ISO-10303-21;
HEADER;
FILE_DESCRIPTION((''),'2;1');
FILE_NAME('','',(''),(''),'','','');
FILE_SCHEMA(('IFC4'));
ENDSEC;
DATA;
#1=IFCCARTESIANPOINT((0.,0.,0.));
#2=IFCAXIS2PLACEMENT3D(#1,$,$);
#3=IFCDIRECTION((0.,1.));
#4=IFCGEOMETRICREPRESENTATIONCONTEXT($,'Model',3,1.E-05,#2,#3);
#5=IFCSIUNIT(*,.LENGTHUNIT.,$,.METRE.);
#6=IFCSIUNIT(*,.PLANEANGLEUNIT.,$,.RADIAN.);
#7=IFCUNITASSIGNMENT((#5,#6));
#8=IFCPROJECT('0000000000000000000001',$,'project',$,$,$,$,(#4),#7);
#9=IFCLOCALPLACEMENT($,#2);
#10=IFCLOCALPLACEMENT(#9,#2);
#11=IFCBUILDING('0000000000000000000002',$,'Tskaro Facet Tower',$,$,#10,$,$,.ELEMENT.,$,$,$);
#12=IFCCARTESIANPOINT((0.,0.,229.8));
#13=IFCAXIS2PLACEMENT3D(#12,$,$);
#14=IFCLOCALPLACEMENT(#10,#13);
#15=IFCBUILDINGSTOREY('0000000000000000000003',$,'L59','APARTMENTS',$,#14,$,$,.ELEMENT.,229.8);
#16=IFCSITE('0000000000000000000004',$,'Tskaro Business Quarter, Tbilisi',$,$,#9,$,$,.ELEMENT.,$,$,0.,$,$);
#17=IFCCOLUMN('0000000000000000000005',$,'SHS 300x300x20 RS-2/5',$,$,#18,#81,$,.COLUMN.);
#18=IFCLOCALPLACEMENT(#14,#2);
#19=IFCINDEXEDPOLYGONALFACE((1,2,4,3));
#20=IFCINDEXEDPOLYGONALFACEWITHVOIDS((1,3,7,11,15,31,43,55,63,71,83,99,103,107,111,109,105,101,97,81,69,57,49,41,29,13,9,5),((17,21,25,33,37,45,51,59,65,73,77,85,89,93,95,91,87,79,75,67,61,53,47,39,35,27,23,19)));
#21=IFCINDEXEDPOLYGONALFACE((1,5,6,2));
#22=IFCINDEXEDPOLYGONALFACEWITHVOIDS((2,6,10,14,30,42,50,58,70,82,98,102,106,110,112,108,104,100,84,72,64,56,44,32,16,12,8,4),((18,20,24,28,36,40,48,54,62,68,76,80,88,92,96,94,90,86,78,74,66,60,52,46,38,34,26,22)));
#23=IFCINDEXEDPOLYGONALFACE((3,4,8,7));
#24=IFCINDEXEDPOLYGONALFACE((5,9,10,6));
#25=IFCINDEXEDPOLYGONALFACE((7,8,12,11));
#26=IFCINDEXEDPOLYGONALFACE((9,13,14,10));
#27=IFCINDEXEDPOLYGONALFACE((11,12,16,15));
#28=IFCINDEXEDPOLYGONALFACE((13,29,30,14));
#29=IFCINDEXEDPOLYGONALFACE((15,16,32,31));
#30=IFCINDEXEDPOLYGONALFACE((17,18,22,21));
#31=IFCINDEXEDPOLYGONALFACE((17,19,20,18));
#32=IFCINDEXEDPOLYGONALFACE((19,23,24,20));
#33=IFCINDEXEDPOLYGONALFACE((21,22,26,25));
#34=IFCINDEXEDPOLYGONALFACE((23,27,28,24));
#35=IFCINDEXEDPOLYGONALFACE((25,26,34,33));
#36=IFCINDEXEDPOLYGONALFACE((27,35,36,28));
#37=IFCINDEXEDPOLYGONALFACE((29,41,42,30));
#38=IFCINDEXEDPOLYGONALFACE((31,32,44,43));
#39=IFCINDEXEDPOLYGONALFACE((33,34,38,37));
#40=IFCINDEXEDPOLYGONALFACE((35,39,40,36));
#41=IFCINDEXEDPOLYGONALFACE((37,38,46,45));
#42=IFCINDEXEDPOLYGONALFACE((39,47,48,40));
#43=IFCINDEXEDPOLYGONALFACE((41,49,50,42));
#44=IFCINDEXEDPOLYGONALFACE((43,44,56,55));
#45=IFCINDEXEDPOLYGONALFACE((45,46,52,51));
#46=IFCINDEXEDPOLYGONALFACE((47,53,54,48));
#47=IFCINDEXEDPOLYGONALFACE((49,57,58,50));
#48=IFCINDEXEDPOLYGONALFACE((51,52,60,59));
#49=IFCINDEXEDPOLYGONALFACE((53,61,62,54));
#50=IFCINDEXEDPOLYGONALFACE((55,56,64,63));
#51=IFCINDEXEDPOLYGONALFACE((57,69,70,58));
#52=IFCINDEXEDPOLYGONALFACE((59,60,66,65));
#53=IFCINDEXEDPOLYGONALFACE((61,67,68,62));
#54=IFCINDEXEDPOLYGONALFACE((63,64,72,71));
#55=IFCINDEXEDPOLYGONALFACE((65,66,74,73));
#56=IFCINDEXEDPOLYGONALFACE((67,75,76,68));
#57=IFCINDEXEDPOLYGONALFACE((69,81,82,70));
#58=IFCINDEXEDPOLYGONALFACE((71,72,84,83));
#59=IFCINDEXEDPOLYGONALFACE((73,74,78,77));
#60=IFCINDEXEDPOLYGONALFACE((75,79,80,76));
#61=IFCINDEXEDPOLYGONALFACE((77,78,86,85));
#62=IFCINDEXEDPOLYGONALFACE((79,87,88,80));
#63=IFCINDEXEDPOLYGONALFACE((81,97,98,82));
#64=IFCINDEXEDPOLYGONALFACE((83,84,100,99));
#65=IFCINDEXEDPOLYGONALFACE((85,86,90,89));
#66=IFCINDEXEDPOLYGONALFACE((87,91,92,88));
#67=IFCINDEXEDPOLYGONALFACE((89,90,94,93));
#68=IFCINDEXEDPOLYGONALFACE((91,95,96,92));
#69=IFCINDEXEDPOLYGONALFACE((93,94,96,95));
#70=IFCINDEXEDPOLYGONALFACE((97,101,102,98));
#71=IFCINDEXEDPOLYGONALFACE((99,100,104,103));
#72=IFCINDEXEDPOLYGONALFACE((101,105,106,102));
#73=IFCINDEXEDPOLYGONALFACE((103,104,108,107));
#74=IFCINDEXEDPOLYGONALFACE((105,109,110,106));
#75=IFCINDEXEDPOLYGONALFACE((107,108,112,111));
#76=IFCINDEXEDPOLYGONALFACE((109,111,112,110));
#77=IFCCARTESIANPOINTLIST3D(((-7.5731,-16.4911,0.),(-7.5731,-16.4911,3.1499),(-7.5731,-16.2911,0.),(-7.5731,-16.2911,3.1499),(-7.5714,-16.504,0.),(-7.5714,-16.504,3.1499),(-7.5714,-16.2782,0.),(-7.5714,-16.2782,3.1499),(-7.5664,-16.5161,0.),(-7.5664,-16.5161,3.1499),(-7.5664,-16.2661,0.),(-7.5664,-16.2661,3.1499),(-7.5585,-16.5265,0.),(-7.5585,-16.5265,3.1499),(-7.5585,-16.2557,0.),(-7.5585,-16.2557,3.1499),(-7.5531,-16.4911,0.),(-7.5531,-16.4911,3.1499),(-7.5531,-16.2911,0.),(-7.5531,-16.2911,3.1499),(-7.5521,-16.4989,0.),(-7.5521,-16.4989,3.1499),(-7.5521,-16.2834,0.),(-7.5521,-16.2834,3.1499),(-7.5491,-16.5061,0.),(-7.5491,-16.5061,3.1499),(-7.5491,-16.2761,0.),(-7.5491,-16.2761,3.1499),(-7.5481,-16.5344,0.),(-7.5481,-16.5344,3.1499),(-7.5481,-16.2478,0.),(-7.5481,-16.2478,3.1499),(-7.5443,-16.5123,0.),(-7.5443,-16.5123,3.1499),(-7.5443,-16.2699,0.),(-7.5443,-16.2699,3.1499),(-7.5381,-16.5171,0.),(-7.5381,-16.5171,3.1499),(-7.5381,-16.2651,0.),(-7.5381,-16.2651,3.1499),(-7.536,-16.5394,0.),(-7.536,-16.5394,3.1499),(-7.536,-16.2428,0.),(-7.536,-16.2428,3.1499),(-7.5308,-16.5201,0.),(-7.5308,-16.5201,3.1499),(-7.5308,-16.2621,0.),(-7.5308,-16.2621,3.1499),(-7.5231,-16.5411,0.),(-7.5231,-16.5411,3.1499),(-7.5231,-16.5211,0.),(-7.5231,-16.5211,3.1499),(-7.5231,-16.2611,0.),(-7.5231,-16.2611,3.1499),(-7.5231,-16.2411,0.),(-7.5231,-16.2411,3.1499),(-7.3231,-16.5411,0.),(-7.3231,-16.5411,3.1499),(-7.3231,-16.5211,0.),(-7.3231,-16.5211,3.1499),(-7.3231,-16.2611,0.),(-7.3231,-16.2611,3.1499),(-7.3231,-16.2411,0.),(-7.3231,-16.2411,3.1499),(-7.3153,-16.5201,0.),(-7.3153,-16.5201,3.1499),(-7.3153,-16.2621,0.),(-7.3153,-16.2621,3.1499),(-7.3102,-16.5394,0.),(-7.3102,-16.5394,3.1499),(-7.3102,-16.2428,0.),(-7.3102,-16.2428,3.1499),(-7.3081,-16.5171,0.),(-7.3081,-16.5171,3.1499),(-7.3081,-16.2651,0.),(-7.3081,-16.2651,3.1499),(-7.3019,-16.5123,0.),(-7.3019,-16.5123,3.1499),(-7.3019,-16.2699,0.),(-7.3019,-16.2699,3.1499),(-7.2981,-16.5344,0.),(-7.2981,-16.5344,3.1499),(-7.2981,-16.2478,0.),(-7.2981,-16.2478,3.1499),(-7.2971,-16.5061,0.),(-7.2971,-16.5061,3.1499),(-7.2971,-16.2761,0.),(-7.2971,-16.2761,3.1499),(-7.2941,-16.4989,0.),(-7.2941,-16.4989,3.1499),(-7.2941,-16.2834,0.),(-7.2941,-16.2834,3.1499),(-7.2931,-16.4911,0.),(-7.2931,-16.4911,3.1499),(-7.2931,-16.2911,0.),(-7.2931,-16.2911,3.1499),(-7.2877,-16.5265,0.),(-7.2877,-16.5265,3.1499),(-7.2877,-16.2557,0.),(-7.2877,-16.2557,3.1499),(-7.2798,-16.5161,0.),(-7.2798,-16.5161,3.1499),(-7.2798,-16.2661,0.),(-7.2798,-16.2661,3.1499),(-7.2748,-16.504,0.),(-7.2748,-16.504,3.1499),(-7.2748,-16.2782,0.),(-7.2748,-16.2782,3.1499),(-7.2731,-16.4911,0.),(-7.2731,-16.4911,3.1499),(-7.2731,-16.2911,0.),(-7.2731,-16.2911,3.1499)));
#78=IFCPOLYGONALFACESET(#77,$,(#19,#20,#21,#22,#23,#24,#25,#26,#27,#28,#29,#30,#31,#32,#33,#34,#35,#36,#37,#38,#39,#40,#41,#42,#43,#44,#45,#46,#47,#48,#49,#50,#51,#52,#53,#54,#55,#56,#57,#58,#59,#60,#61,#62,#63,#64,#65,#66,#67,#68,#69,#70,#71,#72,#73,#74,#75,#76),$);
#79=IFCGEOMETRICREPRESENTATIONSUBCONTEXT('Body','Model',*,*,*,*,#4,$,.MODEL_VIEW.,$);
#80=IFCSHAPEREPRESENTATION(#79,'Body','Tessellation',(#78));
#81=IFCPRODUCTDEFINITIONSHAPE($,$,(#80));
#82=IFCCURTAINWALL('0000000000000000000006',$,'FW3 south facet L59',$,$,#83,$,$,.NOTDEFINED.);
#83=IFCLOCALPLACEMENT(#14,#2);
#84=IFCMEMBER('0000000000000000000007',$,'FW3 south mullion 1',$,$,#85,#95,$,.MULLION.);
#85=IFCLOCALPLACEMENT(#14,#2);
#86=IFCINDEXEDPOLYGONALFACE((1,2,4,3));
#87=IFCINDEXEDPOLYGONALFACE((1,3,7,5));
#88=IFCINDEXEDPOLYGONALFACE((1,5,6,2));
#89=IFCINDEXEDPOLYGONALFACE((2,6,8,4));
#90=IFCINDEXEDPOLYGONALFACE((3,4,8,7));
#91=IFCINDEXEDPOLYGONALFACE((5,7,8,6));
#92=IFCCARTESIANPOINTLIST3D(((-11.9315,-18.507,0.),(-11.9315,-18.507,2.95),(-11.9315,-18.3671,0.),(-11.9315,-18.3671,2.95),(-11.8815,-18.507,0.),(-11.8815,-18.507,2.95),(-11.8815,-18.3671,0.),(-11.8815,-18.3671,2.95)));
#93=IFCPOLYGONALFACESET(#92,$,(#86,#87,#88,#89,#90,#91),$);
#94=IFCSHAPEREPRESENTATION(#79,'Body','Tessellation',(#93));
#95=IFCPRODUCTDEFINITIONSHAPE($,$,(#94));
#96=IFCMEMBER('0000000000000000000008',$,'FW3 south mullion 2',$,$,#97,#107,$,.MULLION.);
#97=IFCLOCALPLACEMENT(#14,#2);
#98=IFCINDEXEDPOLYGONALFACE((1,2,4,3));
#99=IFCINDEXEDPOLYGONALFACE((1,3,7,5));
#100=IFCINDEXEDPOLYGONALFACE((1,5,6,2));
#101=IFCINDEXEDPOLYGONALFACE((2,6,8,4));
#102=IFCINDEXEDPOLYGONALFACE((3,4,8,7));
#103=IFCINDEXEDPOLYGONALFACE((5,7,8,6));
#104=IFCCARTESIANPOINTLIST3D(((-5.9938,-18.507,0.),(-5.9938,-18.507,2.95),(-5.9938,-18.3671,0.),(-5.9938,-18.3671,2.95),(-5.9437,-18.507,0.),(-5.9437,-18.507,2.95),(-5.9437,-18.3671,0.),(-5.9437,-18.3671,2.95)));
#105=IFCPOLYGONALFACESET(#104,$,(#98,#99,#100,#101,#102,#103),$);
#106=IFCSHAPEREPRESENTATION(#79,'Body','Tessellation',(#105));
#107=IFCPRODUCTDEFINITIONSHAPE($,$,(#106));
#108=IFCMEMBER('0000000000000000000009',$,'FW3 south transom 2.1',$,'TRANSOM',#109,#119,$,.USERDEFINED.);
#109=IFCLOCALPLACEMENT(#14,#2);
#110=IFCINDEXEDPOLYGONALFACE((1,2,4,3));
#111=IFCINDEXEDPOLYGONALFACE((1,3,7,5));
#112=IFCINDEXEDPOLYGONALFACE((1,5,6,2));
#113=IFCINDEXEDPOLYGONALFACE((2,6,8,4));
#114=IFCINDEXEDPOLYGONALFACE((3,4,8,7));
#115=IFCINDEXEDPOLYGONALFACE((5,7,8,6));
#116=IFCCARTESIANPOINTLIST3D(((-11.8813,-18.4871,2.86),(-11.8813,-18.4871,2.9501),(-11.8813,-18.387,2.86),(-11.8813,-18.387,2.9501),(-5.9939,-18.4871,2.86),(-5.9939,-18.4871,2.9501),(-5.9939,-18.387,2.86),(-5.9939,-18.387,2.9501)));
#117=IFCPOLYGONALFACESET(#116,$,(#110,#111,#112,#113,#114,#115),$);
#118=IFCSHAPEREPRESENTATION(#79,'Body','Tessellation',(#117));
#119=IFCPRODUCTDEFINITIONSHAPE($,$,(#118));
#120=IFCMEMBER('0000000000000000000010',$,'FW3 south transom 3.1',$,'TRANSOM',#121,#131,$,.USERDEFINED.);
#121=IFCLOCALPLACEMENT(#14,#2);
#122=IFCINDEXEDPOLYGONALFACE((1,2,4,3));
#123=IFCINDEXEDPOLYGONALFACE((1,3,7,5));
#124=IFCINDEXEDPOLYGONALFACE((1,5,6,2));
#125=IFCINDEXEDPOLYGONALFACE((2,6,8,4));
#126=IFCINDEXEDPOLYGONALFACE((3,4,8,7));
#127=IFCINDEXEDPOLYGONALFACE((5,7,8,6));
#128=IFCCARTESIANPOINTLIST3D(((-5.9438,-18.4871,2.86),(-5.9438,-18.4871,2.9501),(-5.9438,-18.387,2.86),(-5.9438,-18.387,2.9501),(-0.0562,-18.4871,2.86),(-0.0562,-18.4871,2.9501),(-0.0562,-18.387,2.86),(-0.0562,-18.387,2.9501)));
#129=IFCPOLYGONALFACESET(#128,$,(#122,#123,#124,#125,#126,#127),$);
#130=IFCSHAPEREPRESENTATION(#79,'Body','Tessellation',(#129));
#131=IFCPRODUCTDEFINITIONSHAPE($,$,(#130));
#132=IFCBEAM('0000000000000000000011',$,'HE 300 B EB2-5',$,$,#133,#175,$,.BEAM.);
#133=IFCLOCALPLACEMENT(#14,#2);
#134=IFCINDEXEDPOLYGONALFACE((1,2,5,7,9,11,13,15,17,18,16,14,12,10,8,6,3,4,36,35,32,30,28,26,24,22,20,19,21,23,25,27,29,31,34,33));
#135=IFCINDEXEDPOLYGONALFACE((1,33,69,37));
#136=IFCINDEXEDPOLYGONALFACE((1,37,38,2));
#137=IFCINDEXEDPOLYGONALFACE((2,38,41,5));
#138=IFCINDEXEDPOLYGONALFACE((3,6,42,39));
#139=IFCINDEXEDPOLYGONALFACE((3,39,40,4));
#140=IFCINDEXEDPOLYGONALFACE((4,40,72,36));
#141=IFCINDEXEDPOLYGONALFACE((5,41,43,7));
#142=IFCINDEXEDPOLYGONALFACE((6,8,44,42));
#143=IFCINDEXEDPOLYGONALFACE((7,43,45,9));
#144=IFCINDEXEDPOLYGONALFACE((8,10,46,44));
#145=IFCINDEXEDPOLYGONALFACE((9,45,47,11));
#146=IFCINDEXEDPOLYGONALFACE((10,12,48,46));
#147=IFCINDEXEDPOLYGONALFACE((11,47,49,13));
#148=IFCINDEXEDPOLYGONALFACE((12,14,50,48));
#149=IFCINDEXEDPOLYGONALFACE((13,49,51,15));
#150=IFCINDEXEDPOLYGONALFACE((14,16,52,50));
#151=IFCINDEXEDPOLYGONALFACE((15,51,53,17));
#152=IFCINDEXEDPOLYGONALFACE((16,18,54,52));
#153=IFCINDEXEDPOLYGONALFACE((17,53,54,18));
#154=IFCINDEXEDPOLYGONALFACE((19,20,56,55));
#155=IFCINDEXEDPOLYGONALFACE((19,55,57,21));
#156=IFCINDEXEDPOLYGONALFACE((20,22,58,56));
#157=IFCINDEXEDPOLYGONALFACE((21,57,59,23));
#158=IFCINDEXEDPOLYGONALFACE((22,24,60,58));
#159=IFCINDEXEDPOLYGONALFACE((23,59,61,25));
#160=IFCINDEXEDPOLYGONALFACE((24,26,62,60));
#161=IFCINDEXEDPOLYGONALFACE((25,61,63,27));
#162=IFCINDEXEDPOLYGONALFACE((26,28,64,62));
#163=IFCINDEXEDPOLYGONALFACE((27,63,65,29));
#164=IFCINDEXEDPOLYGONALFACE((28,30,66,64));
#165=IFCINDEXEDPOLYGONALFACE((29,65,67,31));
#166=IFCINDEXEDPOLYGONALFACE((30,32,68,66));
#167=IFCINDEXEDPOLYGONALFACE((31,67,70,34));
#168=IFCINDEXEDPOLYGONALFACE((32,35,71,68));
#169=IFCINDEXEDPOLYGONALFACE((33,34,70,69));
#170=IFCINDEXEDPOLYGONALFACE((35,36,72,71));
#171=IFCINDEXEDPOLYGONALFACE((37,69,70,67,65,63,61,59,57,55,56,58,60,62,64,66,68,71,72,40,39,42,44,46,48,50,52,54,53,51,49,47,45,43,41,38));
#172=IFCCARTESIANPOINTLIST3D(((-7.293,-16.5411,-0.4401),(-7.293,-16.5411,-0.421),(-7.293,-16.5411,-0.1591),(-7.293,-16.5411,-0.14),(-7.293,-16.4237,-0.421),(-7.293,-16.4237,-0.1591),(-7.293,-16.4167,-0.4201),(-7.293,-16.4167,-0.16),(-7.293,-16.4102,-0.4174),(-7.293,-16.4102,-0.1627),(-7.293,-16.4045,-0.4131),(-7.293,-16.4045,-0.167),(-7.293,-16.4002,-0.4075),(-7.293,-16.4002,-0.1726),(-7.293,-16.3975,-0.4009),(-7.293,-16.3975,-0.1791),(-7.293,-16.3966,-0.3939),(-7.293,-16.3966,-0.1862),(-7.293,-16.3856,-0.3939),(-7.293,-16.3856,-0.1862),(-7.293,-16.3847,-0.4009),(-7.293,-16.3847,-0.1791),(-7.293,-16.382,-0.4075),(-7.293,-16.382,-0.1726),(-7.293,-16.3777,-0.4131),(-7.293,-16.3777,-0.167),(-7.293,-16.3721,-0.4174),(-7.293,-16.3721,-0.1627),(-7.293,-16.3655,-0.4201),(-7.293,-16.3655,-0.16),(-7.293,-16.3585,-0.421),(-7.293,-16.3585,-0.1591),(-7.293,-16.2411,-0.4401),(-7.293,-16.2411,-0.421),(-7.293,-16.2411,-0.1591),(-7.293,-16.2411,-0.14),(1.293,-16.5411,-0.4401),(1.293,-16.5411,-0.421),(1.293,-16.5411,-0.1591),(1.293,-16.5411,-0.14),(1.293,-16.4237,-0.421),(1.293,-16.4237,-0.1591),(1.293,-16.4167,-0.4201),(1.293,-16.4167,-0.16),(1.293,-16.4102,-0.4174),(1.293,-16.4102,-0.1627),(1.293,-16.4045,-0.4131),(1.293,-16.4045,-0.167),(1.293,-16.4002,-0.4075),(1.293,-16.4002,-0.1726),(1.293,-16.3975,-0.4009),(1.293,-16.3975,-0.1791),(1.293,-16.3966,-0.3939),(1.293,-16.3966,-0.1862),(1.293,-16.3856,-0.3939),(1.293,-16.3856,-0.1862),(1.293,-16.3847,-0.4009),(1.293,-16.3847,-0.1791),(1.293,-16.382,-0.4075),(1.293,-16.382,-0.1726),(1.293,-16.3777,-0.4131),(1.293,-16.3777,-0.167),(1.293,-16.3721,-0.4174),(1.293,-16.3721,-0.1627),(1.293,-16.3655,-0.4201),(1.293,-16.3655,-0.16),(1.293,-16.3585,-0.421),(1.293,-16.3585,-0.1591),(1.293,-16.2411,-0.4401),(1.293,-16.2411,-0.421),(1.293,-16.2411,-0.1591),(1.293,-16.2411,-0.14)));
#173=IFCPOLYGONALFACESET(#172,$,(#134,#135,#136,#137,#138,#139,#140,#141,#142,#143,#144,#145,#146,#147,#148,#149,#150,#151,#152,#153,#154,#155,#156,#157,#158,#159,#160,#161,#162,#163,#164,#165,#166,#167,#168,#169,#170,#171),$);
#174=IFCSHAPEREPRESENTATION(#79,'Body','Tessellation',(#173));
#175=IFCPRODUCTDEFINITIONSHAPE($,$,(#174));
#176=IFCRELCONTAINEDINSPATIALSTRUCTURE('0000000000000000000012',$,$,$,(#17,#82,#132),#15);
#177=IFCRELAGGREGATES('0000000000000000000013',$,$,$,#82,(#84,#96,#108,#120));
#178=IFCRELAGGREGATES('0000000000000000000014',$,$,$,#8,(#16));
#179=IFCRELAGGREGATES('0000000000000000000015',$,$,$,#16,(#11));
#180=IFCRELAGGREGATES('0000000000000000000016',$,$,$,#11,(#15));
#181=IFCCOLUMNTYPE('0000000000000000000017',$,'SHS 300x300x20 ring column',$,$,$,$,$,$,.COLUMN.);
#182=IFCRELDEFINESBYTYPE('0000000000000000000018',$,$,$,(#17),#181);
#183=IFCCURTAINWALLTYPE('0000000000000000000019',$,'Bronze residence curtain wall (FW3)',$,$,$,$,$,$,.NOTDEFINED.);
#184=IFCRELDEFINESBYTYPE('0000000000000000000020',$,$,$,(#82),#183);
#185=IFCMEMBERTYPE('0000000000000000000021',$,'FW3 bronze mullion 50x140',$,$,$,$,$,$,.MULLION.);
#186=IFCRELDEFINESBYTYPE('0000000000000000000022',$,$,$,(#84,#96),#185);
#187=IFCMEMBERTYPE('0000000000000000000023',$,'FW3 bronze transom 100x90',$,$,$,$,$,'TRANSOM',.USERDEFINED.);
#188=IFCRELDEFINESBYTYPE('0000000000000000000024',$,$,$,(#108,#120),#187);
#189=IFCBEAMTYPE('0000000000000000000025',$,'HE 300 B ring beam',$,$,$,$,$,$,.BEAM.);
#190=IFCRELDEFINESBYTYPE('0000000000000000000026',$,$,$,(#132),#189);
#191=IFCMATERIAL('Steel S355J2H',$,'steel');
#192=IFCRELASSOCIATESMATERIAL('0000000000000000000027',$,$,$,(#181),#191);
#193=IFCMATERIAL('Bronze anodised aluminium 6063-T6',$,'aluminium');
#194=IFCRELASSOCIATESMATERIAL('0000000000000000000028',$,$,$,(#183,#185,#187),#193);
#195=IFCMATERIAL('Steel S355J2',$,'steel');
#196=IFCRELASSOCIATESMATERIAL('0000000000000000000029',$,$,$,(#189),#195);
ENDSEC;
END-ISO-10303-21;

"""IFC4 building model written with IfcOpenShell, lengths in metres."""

from ifc_helpers import new_model, si_unit, direction, frame, origin, origin_2d, place, context, subcontext, project, spatial, rectangle, hollow_rectangle, i_section, extrude, material, material_profile, profile_set, type_object, element, aggregate, save


model = new_model("IFC4")

# Units and contexts
model_context = context("Model", 3, precision=1e-05, world=origin(), true_north=direction((0.0, 1.0)))
body_context = subcontext(model_context, "Body", "Model", "MODEL_VIEW")
ifc_project = project(units=[si_unit("LENGTHUNIT", "METRE"), si_unit("PLANEANGLEUNIT", "RADIAN")], contexts=[model_context])

# Site, building, storey
site_placement = place(None, origin())
site = spatial("IfcSite", under=ifc_project, at=site_placement, Name="Tskaro Business Quarter, Tbilisi", CompositionType="ELEMENT", RefElevation=0.0)
building_placement = place(site_placement, origin())
building = spatial("IfcBuilding", under=site, at=building_placement, Name="Tskaro Facet Tower", CompositionType="ELEMENT")
storey_placement = place(building_placement, frame((0.0, 0.0, 229.8)))
storey = spatial("IfcBuildingStorey", under=building, at=storey_placement, Name="L59", Description="APARTMENTS", CompositionType="ELEMENT", Elevation=229.8)

# Column
ifc_material_1 = material(Name="Steel S355J2H", Category="steel")
ifc_material_profile_1 = material_profile(ifc_material_1, hollow_rectangle(XDim=0.3, YDim=0.3, WallThickness=0.02, InnerFilletRadius=0.03, OuterFilletRadius=0.05, at=origin_2d()), Name="SHS 300x300x20")
ifc_profile_set_1 = profile_set([ifc_material_profile_1], Name="Steel S355J2H")
column_type = type_object("IfcColumnType", Name="SHS 300x300x20 ring column", PredefinedType="COLUMN", material=ifc_profile_set_1)
column_placement = place(storey_placement, frame((-7.4231, -16.3911, 0.0), z_axis=(0.0, 0.0, 1.0), x_axis=(1.0, 0.0, 0.0)))
element("IfcColumn", 1, at=column_placement, inside=storey, type_object=column_type, Name="SHS 300x300x20 RS-2/5", PredefinedType="COLUMN", context=body_context, shape_type="SweptSolid", body=[
    extrude(hollow_rectangle(XDim=0.3, YDim=0.3, WallThickness=0.02, InnerFilletRadius=0.03, OuterFilletRadius=0.05, at=origin_2d()), origin(), (0.0, 0.0, 1.0), 3.1499),
])

# Curtain wall, members
ifc_material_2 = material(Name="Bronze anodised aluminium 6063-T6", Category="aluminium")
curtain_wall_type = type_object("IfcCurtainWallType", Name="Bronze residence curtain wall (FW3)", PredefinedType="NOTDEFINED", material=ifc_material_2)
curtain_wall_placement = place(storey_placement, origin())
curtain_wall = element("IfcCurtainWall", 2, at=curtain_wall_placement, inside=storey, type_object=curtain_wall_type, Name="FW3 south facet L59", PredefinedType="NOTDEFINED")
ifc_material_profile_2 = material_profile(ifc_material_2, rectangle(XDim=0.05, YDim=0.1399, at=origin_2d()), Name="Mullion 50x140")
ifc_profile_set_2 = profile_set([ifc_material_profile_2], Name="Bronze anodised aluminium 6063-T6")
member_type_1 = type_object("IfcMemberType", Name="FW3 bronze mullion 50x140", PredefinedType="MULLION", material=ifc_profile_set_2)
member_1_placement = place(storey_placement, frame((-11.9065, -18.437, 0.0), z_axis=(0.0, 0.0, 1.0), x_axis=(1.0, 0.0, 0.0)))
member_1 = element("IfcMember", 3, at=member_1_placement, type_object=member_type_1, Name="FW3 south mullion 1", PredefinedType="MULLION", context=body_context, shape_type="SweptSolid", body=[
    extrude(rectangle(XDim=0.05, YDim=0.1399, at=origin_2d()), origin(), (0.0, 0.0, 1.0), 2.95),
])
member_2_placement = place(storey_placement, frame((-5.9688, -18.437, 0.0), z_axis=(0.0, 0.0, 1.0), x_axis=(1.0, 0.0, 0.0)))
member_2 = element("IfcMember", 4, at=member_2_placement, type_object=member_type_1, Name="FW3 south mullion 2", PredefinedType="MULLION", context=body_context, shape_type="SweptSolid", body=[
    extrude(rectangle(XDim=0.05, YDim=0.1399, at=origin_2d()), origin(), (0.0, 0.0, 1.0), 2.95),
])
ifc_material_profile_3 = material_profile(ifc_material_2, rectangle(XDim=0.1001, YDim=0.0901, at=origin_2d()), Name="Transom 100x90")
ifc_profile_set_3 = profile_set([ifc_material_profile_3], Name="Bronze anodised aluminium 6063-T6")
member_type_2 = type_object("IfcMemberType", Name="FW3 bronze transom 100x90", ElementType="TRANSOM", PredefinedType="USERDEFINED", material=ifc_profile_set_3)
member_3_placement = place(storey_placement, frame((-11.8813, -18.437, 2.905), z_axis=(1.0, 0.0, 0.0), x_axis=(0.0, 1.0, 0.0)))
member_3 = element("IfcMember", 5, at=member_3_placement, type_object=member_type_2, Name="FW3 south transom 2.1", ObjectType="TRANSOM", PredefinedType="USERDEFINED", context=body_context, shape_type="SweptSolid", body=[
    extrude(rectangle(XDim=0.1001, YDim=0.0901, at=origin_2d()), origin(), (0.0, 0.0, 1.0), 5.8875),
])
member_4_placement = place(storey_placement, frame((-5.9438, -18.437, 2.905), z_axis=(1.0, 0.0, 0.0), x_axis=(0.0, 1.0, 0.0)))
member_4 = element("IfcMember", 6, at=member_4_placement, type_object=member_type_2, Name="FW3 south transom 3.1", ObjectType="TRANSOM", PredefinedType="USERDEFINED", context=body_context, shape_type="SweptSolid", body=[
    extrude(rectangle(XDim=0.1001, YDim=0.0901, at=origin_2d()), origin(), (0.0, 0.0, 1.0), 5.8877),
])

# Beam
ifc_material_3 = material(Name="Steel S355J2", Category="steel")
ifc_material_profile_4 = material_profile(ifc_material_3, i_section(OverallWidth=0.3, OverallDepth=0.3, WebThickness=0.011, FlangeThickness=0.019, FilletRadius=0.0271, at=origin_2d()), Name="HE 300 B")
ifc_profile_set_4 = profile_set([ifc_material_profile_4], Name="Steel S355J2")
beam_type_1 = type_object("IfcBeamType", Name="HE 300 B ring beam", PredefinedType="BEAM", material=ifc_profile_set_4)
beam_1_placement = place(storey_placement, frame((-7.293, -16.3911, -0.29), z_axis=(1.0, 0.0, 0.0), x_axis=(0.0, 1.0, 0.0)))
element("IfcBeam", 7, at=beam_1_placement, inside=storey, type_object=beam_type_1, Name="HE 300 B EB2-5", PredefinedType="BEAM", context=body_context, shape_type="SweptSolid", body=[
    extrude(i_section(OverallWidth=0.3, OverallDepth=0.3, WebThickness=0.011, FlangeThickness=0.019, FilletRadius=0.0271, at=origin_2d()), origin(), (0.0, 0.0, 1.0), 8.5859),
])

aggregate(curtain_wall, [member_1, member_2, member_3, member_4])

save(model, "model.ifc")
